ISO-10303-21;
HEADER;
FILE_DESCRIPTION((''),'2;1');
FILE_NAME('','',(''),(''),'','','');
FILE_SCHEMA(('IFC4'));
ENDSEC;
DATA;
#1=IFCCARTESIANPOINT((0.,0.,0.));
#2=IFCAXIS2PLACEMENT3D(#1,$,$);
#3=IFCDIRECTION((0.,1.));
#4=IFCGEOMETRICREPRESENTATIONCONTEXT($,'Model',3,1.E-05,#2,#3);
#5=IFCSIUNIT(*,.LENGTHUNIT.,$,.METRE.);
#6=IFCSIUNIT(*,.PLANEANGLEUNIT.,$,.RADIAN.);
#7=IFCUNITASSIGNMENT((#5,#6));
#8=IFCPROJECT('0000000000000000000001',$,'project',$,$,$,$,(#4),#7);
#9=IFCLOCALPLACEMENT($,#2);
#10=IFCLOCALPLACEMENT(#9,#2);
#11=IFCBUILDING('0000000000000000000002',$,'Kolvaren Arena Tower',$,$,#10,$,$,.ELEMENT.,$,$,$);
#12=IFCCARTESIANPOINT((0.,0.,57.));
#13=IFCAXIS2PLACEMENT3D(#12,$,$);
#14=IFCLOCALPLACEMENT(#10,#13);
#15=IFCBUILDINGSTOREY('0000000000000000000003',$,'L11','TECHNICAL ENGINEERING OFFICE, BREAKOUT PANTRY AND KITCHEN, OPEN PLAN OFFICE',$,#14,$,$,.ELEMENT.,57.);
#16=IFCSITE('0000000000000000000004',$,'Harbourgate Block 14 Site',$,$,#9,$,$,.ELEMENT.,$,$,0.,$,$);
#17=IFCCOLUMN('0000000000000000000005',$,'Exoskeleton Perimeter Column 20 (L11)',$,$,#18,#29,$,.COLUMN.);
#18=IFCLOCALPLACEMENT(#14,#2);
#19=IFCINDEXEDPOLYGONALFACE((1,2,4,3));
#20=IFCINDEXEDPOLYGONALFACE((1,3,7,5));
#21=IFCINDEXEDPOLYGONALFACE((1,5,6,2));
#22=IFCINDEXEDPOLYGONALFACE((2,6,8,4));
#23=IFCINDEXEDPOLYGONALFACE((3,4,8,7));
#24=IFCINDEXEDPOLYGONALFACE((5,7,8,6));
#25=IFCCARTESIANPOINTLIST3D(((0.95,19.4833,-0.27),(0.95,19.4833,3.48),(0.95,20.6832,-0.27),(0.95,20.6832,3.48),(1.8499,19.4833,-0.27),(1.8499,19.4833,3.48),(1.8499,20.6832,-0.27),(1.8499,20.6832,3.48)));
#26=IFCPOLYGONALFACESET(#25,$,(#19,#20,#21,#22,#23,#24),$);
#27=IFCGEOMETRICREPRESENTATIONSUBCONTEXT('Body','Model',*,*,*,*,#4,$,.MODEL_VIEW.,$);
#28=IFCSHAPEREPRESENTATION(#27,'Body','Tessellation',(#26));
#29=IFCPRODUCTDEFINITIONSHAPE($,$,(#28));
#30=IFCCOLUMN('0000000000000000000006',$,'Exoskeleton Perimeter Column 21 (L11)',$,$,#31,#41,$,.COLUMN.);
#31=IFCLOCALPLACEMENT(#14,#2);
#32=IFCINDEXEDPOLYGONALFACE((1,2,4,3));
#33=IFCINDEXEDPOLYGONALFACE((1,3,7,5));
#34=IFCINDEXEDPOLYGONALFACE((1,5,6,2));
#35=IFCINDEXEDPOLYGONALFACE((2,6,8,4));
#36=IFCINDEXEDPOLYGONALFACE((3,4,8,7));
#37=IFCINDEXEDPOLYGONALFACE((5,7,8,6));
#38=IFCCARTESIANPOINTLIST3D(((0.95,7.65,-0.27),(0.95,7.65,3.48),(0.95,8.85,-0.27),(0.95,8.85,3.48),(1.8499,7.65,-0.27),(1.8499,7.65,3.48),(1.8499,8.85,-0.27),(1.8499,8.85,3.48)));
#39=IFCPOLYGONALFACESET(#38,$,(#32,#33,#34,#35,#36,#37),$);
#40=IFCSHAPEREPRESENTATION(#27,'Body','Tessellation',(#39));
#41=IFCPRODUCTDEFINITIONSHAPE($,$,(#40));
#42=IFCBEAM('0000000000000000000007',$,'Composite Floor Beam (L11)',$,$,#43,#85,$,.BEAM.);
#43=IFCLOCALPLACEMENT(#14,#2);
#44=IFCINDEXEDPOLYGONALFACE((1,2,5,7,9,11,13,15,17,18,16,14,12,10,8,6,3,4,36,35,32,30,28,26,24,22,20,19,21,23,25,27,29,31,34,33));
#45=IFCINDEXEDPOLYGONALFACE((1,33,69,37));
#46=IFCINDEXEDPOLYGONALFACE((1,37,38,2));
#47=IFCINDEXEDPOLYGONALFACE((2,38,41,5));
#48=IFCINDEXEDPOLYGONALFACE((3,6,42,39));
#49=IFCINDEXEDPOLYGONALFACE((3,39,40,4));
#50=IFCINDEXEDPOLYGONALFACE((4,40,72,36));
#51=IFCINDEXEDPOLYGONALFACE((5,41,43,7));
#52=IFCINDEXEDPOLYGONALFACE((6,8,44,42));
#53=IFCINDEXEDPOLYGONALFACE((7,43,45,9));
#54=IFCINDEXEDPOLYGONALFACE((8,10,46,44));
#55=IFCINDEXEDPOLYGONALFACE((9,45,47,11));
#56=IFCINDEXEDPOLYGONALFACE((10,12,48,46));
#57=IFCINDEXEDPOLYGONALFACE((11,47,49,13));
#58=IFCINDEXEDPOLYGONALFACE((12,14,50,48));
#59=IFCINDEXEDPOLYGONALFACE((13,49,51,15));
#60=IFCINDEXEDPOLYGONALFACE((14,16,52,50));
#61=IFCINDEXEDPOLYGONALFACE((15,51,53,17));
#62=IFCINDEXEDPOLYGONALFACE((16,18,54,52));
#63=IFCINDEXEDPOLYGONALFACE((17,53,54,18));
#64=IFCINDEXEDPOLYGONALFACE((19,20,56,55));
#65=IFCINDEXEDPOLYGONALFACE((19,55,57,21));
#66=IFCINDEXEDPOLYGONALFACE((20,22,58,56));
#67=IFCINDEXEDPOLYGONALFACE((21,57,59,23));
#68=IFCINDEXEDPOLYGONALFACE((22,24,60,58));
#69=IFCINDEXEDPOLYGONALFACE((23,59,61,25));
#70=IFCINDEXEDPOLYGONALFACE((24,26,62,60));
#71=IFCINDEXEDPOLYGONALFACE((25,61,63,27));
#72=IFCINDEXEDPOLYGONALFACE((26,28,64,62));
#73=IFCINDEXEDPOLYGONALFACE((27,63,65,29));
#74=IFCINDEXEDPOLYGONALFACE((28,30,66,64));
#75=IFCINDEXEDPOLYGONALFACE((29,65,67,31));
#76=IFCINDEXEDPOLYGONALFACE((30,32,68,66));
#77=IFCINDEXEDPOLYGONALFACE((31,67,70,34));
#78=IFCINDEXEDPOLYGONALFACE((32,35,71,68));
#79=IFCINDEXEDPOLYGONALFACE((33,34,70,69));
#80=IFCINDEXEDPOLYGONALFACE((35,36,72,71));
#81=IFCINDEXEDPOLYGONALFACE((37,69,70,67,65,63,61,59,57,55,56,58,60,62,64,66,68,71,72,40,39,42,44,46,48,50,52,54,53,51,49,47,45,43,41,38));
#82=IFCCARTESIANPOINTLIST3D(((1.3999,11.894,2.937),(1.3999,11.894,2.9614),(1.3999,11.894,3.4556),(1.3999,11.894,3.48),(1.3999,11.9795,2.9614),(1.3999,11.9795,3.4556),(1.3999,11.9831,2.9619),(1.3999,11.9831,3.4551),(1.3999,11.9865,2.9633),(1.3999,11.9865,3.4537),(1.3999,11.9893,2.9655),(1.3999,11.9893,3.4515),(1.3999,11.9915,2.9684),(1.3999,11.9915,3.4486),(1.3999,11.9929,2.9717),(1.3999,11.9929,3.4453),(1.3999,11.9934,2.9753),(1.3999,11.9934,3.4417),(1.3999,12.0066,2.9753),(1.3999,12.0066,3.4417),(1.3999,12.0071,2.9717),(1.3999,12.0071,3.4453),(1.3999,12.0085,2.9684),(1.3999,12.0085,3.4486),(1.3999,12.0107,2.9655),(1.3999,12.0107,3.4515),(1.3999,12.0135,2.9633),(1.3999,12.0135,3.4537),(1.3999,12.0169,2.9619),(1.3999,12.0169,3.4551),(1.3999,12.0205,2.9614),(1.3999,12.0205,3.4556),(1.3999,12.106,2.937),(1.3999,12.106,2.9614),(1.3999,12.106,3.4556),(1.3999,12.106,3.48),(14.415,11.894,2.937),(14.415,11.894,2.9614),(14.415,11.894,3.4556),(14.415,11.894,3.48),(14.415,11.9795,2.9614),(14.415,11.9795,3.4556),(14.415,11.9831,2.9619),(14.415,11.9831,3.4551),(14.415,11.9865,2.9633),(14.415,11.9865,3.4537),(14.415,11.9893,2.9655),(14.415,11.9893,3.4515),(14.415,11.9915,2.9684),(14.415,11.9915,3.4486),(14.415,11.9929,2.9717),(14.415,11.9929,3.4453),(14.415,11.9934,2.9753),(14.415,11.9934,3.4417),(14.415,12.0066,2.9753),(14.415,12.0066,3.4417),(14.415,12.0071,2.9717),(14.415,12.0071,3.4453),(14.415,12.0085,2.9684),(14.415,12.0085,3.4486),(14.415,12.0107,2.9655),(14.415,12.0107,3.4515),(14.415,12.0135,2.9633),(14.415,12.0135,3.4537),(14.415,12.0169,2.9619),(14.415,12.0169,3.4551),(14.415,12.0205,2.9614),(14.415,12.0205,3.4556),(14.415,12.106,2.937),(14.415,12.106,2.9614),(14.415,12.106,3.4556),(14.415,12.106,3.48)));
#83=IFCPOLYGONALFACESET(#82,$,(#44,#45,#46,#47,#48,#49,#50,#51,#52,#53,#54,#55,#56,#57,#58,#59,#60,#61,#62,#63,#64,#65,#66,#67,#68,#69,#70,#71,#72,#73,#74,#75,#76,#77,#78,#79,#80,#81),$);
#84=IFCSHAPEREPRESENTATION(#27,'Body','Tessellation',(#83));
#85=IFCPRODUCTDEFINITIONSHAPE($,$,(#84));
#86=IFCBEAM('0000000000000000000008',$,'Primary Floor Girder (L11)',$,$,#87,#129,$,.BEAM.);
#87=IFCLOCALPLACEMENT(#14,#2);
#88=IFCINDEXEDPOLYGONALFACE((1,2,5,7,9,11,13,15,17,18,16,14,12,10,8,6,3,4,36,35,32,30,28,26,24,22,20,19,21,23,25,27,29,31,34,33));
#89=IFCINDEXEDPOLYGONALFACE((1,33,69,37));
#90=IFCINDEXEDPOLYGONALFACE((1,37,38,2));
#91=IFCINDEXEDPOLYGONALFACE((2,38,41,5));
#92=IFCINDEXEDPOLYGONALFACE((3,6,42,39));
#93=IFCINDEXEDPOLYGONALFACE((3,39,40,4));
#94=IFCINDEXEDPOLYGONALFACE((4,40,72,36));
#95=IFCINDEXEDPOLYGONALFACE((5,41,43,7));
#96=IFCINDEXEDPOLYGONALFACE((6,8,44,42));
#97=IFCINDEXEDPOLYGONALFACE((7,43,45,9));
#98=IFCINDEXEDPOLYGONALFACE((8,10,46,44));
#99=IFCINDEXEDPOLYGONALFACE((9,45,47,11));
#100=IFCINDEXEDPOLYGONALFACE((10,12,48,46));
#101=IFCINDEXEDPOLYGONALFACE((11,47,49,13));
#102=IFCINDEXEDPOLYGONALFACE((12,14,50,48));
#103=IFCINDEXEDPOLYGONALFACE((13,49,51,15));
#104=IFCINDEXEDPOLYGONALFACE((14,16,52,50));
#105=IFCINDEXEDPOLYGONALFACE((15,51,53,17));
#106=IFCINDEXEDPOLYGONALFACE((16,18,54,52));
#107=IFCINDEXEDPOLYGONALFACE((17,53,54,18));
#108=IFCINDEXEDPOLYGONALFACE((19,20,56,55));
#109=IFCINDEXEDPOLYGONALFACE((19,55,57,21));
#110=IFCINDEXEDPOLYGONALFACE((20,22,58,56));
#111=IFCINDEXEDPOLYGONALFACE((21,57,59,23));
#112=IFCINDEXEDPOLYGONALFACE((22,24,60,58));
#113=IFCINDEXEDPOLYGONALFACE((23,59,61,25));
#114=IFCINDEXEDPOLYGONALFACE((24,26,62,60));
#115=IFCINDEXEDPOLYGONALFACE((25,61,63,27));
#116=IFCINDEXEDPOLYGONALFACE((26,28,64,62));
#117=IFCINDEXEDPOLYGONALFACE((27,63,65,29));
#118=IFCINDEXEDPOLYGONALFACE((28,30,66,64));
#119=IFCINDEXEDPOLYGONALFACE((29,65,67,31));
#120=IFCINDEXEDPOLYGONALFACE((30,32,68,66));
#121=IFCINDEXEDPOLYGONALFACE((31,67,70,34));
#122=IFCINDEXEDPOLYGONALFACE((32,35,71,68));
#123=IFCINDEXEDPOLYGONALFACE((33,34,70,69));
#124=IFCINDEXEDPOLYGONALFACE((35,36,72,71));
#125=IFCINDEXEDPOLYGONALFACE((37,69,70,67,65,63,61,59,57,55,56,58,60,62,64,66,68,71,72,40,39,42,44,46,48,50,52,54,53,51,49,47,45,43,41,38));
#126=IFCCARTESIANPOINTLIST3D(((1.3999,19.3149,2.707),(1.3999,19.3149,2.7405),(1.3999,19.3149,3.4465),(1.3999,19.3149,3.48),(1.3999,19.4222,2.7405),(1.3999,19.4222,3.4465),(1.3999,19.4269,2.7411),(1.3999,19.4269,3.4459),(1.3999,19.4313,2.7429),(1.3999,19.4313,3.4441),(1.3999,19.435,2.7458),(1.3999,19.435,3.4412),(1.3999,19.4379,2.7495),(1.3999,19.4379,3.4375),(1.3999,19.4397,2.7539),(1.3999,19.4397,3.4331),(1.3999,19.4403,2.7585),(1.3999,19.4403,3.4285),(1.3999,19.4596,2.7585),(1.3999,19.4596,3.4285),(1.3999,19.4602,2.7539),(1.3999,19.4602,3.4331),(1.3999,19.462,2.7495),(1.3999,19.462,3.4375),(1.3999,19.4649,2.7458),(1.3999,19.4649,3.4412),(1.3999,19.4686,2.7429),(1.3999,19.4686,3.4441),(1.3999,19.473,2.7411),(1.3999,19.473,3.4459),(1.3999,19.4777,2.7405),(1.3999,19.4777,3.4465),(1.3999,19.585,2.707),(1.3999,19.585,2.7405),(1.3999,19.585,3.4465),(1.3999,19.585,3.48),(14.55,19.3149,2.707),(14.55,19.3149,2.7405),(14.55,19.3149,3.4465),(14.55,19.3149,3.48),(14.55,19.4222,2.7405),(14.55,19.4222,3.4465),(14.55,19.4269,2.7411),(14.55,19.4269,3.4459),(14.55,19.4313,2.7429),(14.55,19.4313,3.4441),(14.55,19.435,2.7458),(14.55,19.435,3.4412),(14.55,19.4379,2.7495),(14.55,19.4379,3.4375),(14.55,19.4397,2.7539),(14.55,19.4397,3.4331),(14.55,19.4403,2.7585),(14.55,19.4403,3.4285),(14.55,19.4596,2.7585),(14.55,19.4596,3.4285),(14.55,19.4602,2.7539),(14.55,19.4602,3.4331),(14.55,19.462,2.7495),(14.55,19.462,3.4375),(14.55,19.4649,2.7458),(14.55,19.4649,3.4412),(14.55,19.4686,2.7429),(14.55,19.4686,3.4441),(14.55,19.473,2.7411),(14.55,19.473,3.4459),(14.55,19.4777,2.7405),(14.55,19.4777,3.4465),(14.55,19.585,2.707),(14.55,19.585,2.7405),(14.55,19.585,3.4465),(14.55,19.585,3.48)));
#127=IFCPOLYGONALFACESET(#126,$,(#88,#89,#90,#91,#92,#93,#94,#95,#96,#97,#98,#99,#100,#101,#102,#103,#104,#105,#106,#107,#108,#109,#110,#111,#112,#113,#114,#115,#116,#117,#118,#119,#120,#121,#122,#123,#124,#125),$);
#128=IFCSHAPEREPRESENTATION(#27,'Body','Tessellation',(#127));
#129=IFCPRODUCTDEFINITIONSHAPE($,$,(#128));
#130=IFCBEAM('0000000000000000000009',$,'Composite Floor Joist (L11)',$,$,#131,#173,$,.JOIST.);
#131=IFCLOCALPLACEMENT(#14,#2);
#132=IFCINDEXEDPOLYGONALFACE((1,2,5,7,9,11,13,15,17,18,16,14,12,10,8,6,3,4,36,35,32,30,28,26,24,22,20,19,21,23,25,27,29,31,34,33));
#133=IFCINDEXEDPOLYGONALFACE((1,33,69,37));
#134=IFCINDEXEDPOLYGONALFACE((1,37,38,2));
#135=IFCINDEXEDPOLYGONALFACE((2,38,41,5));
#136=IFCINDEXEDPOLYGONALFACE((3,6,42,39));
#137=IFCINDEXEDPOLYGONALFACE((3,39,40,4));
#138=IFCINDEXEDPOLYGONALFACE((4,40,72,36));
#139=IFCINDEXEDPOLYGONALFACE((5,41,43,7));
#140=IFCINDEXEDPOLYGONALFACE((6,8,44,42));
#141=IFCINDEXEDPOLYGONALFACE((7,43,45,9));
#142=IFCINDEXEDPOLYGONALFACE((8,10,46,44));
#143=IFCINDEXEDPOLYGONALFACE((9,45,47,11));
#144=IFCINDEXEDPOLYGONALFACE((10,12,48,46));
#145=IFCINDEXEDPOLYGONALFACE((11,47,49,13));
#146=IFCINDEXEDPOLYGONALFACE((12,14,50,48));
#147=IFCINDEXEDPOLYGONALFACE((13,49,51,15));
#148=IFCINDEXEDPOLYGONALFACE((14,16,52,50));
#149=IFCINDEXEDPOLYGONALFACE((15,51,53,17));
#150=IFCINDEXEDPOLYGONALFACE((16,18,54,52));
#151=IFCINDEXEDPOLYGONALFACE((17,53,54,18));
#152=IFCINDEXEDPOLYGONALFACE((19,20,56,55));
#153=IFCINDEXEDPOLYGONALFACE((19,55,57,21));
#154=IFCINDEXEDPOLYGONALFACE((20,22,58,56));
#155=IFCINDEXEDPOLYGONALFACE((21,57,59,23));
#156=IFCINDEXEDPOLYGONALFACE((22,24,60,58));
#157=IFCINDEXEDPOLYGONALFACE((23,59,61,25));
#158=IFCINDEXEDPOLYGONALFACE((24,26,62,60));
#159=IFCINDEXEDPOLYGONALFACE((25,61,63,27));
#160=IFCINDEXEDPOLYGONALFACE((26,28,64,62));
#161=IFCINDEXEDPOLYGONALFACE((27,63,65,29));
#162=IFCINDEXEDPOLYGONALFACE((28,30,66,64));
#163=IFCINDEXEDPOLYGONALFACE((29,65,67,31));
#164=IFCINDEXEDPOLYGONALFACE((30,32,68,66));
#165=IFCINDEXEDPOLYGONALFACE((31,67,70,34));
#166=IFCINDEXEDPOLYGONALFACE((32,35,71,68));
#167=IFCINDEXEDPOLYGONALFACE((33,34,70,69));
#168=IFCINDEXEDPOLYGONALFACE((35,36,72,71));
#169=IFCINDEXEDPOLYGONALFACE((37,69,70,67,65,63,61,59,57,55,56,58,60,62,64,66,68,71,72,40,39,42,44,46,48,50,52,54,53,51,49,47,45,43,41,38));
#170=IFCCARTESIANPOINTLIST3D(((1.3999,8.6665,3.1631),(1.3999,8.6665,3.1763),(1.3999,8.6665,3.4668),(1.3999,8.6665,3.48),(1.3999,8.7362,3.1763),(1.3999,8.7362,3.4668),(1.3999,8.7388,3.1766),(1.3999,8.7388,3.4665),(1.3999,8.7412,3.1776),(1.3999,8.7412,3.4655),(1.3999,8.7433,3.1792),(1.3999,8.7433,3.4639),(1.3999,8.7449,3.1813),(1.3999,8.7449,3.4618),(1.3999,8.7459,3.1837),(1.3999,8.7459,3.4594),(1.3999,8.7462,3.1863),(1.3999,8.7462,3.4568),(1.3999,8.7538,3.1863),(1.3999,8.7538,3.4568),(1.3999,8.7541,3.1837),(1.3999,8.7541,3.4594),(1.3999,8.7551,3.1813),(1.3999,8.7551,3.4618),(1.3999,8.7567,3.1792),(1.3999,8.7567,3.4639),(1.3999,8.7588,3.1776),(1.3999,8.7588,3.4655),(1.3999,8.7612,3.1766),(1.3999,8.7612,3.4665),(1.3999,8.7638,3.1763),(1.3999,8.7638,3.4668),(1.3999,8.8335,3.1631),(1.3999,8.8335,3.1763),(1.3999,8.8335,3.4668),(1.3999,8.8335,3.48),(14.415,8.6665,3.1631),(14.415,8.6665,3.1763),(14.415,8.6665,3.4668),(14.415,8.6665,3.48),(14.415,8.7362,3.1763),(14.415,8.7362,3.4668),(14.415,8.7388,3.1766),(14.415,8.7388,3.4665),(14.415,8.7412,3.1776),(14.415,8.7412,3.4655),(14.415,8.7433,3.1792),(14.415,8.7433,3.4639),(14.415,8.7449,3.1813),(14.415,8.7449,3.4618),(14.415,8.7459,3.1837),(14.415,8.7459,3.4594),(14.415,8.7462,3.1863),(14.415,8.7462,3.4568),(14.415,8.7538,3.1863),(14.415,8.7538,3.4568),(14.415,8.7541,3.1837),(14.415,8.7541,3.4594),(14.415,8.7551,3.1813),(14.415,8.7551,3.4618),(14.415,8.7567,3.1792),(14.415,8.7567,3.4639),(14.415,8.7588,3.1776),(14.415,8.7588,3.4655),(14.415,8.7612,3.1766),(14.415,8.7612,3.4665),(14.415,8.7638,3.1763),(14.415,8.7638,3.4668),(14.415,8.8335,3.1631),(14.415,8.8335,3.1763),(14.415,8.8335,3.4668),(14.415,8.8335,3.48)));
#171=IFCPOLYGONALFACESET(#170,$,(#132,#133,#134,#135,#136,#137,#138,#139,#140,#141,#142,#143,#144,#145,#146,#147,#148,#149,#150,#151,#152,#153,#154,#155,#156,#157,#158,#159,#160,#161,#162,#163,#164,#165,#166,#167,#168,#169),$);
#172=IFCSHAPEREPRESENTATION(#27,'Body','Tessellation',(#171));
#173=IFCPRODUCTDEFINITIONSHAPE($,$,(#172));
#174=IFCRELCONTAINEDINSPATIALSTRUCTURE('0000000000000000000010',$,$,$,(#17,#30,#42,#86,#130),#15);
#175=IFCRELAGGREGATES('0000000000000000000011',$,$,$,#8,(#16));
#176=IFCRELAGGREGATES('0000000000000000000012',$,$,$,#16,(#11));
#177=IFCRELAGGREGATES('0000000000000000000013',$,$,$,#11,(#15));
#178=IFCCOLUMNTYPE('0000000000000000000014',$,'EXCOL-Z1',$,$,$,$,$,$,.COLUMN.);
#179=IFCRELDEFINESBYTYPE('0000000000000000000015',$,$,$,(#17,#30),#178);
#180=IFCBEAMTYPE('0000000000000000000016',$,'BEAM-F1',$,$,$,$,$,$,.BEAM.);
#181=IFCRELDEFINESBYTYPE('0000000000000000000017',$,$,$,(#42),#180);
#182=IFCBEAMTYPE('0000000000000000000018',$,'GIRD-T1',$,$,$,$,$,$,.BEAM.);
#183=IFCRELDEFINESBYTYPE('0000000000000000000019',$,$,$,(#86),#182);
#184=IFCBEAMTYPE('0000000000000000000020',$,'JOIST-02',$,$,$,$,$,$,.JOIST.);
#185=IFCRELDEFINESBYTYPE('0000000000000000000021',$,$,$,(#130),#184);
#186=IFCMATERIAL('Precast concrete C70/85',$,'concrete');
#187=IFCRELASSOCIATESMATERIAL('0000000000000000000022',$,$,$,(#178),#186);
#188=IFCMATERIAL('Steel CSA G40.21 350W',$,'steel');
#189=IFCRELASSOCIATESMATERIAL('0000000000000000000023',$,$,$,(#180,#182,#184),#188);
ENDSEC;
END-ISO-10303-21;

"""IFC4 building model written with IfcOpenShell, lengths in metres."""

from ifc_helpers import new_model, si_unit, direction, frame, origin, origin_2d, place, context, subcontext, project, spatial, rectangle, i_section, extrude, material, material_profile, profile_set, type_object, element, save


model = new_model("IFC4")

# Units and contexts
model_context = context("Model", 3, precision=1e-05, world=origin(), true_north=direction((0.0, 1.0)))
body_context = subcontext(model_context, "Body", "Model", "MODEL_VIEW")
ifc_project = project(units=[si_unit("LENGTHUNIT", "METRE"), si_unit("PLANEANGLEUNIT", "RADIAN")], contexts=[model_context])

# Site, building, storey
site_placement = place(None, origin())
site = spatial("IfcSite", under=ifc_project, at=site_placement, Name="Harbourgate Block 14 Site", CompositionType="ELEMENT", RefElevation=0.0)
building_placement = place(site_placement, origin())
building = spatial("IfcBuilding", under=site, at=building_placement, Name="Kolvaren Arena Tower", CompositionType="ELEMENT")
storey_placement = place(building_placement, frame((0.0, 0.0, 57.0)))
storey = spatial("IfcBuildingStorey", under=building, at=storey_placement, Name="L11", Description="TECHNICAL ENGINEERING OFFICE, BREAKOUT PANTRY AND KITCHEN, OPEN PLAN OFFICE", CompositionType="ELEMENT", Elevation=57.0)

# Columns
ifc_material_1 = material(Name="Precast concrete C70/85", Category="concrete")
ifc_material_profile_1 = material_profile(ifc_material_1, rectangle(XDim=1.2, YDim=0.8999, at=origin_2d()), Name="RC-1200x900")
ifc_profile_set_1 = profile_set([ifc_material_profile_1], Name="Precast concrete C70/85")
column_type = type_object("IfcColumnType", Name="EXCOL-Z1", PredefinedType="COLUMN", material=ifc_profile_set_1)
for number, where, z_axis, x_axis, name in (
    (1, (1.3999, 20.0833, -0.27), (0.0, 0.0, 1.0), (0.0, 1.0, 0.0), "Exoskeleton Perimeter Column 20 (L11)"),
    (2, (1.3999, 8.25, -0.27), (0.0, 0.0, 1.0), (0.0, 1.0, 0.0), "Exoskeleton Perimeter Column 21 (L11)"),
):
    element("IfcColumn", number, at=place(storey_placement, frame(where, z_axis=z_axis, x_axis=x_axis)), inside=storey, type_object=column_type, Name=name, PredefinedType="COLUMN", context=body_context, shape_type="SweptSolid", body=[
        extrude(rectangle(XDim=1.2, YDim=0.8999, at=origin_2d()), origin(), (0.0, 0.0, 1.0), 3.75),
    ])

# Beams
ifc_material_2 = material(Name="Steel CSA G40.21 350W", Category="steel")
ifc_material_profile_2 = material_profile(ifc_material_2, i_section(OverallWidth=0.2119, OverallDepth=0.543, WebThickness=0.0132, FlangeThickness=0.0244, FilletRadius=0.0139, at=origin_2d()), Name="W530x150")
ifc_profile_set_2 = profile_set([ifc_material_profile_2], Name="Steel CSA G40.21 350W")
beam_type_1 = type_object("IfcBeamType", Name="BEAM-F1", PredefinedType="BEAM", material=ifc_profile_set_2)
beam_1_placement = place(storey_placement, frame((1.3999, 12.0, 3.2085), z_axis=(1.0, 0.0, 0.0), x_axis=(0.0, 1.0, 0.0)))
element("IfcBeam", 3, at=beam_1_placement, inside=storey, type_object=beam_type_1, Name="Composite Floor Beam (L11)", PredefinedType="BEAM", context=body_context, shape_type="SweptSolid", body=[
    extrude(i_section(OverallWidth=0.2119, OverallDepth=0.543, WebThickness=0.0132, FlangeThickness=0.0244, FilletRadius=0.0139, at=origin_2d()), origin(), (0.0, 0.0, 1.0), 13.0151),
])
ifc_material_profile_3 = material_profile(ifc_material_2, i_section(OverallWidth=0.27, OverallDepth=0.7729, WebThickness=0.0193, FlangeThickness=0.0334, FilletRadius=0.0181, at=origin_2d()), Name="W760x257")
ifc_profile_set_3 = profile_set([ifc_material_profile_3], Name="Steel CSA G40.21 350W")
beam_type_2 = type_object("IfcBeamType", Name="GIRD-T1", PredefinedType="BEAM", material=ifc_profile_set_3)
beam_2_placement = place(storey_placement, frame((1.3999, 19.45, 3.0935), z_axis=(1.0, 0.0, 0.0), x_axis=(0.0, 1.0, 0.0)))
element("IfcBeam", 4, at=beam_2_placement, inside=storey, type_object=beam_type_2, Name="Primary Floor Girder (L11)", PredefinedType="BEAM", context=body_context, shape_type="SweptSolid", body=[
    extrude(i_section(OverallWidth=0.27, OverallDepth=0.7729, WebThickness=0.0193, FlangeThickness=0.0334, FilletRadius=0.0181, at=origin_2d()), origin(), (0.0, 0.0, 1.0), 13.1501),
])
ifc_material_profile_4 = material_profile(ifc_material_2, i_section(OverallWidth=0.167, OverallDepth=0.3169, WebThickness=0.0076, FlangeThickness=0.0132, FilletRadius=0.01, at=origin_2d()), Name="W310x52")
ifc_profile_set_4 = profile_set([ifc_material_profile_4], Name="Steel CSA G40.21 350W")
beam_type_3 = type_object("IfcBeamType", Name="JOIST-02", PredefinedType="JOIST", material=ifc_profile_set_4)
for number, where, z_axis, x_axis, name in (
    (5, (1.3999, 8.75, 3.3215), (1.0, 0.0, 0.0), (0.0, 1.0, 0.0), "Composite Floor Joist (L11)"),
):
    element("IfcBeam", number, at=place(storey_placement, frame(where, z_axis=z_axis, x_axis=x_axis)), inside=storey, type_object=beam_type_3, Name=name, PredefinedType="JOIST", context=body_context, shape_type="SweptSolid", body=[
        extrude(i_section(OverallWidth=0.167, OverallDepth=0.3169, WebThickness=0.0076, FlangeThickness=0.0132, FilletRadius=0.01, at=origin_2d()), origin(), (0.0, 0.0, 1.0), 13.0151),
    ])

save(model, "model.ifc")
